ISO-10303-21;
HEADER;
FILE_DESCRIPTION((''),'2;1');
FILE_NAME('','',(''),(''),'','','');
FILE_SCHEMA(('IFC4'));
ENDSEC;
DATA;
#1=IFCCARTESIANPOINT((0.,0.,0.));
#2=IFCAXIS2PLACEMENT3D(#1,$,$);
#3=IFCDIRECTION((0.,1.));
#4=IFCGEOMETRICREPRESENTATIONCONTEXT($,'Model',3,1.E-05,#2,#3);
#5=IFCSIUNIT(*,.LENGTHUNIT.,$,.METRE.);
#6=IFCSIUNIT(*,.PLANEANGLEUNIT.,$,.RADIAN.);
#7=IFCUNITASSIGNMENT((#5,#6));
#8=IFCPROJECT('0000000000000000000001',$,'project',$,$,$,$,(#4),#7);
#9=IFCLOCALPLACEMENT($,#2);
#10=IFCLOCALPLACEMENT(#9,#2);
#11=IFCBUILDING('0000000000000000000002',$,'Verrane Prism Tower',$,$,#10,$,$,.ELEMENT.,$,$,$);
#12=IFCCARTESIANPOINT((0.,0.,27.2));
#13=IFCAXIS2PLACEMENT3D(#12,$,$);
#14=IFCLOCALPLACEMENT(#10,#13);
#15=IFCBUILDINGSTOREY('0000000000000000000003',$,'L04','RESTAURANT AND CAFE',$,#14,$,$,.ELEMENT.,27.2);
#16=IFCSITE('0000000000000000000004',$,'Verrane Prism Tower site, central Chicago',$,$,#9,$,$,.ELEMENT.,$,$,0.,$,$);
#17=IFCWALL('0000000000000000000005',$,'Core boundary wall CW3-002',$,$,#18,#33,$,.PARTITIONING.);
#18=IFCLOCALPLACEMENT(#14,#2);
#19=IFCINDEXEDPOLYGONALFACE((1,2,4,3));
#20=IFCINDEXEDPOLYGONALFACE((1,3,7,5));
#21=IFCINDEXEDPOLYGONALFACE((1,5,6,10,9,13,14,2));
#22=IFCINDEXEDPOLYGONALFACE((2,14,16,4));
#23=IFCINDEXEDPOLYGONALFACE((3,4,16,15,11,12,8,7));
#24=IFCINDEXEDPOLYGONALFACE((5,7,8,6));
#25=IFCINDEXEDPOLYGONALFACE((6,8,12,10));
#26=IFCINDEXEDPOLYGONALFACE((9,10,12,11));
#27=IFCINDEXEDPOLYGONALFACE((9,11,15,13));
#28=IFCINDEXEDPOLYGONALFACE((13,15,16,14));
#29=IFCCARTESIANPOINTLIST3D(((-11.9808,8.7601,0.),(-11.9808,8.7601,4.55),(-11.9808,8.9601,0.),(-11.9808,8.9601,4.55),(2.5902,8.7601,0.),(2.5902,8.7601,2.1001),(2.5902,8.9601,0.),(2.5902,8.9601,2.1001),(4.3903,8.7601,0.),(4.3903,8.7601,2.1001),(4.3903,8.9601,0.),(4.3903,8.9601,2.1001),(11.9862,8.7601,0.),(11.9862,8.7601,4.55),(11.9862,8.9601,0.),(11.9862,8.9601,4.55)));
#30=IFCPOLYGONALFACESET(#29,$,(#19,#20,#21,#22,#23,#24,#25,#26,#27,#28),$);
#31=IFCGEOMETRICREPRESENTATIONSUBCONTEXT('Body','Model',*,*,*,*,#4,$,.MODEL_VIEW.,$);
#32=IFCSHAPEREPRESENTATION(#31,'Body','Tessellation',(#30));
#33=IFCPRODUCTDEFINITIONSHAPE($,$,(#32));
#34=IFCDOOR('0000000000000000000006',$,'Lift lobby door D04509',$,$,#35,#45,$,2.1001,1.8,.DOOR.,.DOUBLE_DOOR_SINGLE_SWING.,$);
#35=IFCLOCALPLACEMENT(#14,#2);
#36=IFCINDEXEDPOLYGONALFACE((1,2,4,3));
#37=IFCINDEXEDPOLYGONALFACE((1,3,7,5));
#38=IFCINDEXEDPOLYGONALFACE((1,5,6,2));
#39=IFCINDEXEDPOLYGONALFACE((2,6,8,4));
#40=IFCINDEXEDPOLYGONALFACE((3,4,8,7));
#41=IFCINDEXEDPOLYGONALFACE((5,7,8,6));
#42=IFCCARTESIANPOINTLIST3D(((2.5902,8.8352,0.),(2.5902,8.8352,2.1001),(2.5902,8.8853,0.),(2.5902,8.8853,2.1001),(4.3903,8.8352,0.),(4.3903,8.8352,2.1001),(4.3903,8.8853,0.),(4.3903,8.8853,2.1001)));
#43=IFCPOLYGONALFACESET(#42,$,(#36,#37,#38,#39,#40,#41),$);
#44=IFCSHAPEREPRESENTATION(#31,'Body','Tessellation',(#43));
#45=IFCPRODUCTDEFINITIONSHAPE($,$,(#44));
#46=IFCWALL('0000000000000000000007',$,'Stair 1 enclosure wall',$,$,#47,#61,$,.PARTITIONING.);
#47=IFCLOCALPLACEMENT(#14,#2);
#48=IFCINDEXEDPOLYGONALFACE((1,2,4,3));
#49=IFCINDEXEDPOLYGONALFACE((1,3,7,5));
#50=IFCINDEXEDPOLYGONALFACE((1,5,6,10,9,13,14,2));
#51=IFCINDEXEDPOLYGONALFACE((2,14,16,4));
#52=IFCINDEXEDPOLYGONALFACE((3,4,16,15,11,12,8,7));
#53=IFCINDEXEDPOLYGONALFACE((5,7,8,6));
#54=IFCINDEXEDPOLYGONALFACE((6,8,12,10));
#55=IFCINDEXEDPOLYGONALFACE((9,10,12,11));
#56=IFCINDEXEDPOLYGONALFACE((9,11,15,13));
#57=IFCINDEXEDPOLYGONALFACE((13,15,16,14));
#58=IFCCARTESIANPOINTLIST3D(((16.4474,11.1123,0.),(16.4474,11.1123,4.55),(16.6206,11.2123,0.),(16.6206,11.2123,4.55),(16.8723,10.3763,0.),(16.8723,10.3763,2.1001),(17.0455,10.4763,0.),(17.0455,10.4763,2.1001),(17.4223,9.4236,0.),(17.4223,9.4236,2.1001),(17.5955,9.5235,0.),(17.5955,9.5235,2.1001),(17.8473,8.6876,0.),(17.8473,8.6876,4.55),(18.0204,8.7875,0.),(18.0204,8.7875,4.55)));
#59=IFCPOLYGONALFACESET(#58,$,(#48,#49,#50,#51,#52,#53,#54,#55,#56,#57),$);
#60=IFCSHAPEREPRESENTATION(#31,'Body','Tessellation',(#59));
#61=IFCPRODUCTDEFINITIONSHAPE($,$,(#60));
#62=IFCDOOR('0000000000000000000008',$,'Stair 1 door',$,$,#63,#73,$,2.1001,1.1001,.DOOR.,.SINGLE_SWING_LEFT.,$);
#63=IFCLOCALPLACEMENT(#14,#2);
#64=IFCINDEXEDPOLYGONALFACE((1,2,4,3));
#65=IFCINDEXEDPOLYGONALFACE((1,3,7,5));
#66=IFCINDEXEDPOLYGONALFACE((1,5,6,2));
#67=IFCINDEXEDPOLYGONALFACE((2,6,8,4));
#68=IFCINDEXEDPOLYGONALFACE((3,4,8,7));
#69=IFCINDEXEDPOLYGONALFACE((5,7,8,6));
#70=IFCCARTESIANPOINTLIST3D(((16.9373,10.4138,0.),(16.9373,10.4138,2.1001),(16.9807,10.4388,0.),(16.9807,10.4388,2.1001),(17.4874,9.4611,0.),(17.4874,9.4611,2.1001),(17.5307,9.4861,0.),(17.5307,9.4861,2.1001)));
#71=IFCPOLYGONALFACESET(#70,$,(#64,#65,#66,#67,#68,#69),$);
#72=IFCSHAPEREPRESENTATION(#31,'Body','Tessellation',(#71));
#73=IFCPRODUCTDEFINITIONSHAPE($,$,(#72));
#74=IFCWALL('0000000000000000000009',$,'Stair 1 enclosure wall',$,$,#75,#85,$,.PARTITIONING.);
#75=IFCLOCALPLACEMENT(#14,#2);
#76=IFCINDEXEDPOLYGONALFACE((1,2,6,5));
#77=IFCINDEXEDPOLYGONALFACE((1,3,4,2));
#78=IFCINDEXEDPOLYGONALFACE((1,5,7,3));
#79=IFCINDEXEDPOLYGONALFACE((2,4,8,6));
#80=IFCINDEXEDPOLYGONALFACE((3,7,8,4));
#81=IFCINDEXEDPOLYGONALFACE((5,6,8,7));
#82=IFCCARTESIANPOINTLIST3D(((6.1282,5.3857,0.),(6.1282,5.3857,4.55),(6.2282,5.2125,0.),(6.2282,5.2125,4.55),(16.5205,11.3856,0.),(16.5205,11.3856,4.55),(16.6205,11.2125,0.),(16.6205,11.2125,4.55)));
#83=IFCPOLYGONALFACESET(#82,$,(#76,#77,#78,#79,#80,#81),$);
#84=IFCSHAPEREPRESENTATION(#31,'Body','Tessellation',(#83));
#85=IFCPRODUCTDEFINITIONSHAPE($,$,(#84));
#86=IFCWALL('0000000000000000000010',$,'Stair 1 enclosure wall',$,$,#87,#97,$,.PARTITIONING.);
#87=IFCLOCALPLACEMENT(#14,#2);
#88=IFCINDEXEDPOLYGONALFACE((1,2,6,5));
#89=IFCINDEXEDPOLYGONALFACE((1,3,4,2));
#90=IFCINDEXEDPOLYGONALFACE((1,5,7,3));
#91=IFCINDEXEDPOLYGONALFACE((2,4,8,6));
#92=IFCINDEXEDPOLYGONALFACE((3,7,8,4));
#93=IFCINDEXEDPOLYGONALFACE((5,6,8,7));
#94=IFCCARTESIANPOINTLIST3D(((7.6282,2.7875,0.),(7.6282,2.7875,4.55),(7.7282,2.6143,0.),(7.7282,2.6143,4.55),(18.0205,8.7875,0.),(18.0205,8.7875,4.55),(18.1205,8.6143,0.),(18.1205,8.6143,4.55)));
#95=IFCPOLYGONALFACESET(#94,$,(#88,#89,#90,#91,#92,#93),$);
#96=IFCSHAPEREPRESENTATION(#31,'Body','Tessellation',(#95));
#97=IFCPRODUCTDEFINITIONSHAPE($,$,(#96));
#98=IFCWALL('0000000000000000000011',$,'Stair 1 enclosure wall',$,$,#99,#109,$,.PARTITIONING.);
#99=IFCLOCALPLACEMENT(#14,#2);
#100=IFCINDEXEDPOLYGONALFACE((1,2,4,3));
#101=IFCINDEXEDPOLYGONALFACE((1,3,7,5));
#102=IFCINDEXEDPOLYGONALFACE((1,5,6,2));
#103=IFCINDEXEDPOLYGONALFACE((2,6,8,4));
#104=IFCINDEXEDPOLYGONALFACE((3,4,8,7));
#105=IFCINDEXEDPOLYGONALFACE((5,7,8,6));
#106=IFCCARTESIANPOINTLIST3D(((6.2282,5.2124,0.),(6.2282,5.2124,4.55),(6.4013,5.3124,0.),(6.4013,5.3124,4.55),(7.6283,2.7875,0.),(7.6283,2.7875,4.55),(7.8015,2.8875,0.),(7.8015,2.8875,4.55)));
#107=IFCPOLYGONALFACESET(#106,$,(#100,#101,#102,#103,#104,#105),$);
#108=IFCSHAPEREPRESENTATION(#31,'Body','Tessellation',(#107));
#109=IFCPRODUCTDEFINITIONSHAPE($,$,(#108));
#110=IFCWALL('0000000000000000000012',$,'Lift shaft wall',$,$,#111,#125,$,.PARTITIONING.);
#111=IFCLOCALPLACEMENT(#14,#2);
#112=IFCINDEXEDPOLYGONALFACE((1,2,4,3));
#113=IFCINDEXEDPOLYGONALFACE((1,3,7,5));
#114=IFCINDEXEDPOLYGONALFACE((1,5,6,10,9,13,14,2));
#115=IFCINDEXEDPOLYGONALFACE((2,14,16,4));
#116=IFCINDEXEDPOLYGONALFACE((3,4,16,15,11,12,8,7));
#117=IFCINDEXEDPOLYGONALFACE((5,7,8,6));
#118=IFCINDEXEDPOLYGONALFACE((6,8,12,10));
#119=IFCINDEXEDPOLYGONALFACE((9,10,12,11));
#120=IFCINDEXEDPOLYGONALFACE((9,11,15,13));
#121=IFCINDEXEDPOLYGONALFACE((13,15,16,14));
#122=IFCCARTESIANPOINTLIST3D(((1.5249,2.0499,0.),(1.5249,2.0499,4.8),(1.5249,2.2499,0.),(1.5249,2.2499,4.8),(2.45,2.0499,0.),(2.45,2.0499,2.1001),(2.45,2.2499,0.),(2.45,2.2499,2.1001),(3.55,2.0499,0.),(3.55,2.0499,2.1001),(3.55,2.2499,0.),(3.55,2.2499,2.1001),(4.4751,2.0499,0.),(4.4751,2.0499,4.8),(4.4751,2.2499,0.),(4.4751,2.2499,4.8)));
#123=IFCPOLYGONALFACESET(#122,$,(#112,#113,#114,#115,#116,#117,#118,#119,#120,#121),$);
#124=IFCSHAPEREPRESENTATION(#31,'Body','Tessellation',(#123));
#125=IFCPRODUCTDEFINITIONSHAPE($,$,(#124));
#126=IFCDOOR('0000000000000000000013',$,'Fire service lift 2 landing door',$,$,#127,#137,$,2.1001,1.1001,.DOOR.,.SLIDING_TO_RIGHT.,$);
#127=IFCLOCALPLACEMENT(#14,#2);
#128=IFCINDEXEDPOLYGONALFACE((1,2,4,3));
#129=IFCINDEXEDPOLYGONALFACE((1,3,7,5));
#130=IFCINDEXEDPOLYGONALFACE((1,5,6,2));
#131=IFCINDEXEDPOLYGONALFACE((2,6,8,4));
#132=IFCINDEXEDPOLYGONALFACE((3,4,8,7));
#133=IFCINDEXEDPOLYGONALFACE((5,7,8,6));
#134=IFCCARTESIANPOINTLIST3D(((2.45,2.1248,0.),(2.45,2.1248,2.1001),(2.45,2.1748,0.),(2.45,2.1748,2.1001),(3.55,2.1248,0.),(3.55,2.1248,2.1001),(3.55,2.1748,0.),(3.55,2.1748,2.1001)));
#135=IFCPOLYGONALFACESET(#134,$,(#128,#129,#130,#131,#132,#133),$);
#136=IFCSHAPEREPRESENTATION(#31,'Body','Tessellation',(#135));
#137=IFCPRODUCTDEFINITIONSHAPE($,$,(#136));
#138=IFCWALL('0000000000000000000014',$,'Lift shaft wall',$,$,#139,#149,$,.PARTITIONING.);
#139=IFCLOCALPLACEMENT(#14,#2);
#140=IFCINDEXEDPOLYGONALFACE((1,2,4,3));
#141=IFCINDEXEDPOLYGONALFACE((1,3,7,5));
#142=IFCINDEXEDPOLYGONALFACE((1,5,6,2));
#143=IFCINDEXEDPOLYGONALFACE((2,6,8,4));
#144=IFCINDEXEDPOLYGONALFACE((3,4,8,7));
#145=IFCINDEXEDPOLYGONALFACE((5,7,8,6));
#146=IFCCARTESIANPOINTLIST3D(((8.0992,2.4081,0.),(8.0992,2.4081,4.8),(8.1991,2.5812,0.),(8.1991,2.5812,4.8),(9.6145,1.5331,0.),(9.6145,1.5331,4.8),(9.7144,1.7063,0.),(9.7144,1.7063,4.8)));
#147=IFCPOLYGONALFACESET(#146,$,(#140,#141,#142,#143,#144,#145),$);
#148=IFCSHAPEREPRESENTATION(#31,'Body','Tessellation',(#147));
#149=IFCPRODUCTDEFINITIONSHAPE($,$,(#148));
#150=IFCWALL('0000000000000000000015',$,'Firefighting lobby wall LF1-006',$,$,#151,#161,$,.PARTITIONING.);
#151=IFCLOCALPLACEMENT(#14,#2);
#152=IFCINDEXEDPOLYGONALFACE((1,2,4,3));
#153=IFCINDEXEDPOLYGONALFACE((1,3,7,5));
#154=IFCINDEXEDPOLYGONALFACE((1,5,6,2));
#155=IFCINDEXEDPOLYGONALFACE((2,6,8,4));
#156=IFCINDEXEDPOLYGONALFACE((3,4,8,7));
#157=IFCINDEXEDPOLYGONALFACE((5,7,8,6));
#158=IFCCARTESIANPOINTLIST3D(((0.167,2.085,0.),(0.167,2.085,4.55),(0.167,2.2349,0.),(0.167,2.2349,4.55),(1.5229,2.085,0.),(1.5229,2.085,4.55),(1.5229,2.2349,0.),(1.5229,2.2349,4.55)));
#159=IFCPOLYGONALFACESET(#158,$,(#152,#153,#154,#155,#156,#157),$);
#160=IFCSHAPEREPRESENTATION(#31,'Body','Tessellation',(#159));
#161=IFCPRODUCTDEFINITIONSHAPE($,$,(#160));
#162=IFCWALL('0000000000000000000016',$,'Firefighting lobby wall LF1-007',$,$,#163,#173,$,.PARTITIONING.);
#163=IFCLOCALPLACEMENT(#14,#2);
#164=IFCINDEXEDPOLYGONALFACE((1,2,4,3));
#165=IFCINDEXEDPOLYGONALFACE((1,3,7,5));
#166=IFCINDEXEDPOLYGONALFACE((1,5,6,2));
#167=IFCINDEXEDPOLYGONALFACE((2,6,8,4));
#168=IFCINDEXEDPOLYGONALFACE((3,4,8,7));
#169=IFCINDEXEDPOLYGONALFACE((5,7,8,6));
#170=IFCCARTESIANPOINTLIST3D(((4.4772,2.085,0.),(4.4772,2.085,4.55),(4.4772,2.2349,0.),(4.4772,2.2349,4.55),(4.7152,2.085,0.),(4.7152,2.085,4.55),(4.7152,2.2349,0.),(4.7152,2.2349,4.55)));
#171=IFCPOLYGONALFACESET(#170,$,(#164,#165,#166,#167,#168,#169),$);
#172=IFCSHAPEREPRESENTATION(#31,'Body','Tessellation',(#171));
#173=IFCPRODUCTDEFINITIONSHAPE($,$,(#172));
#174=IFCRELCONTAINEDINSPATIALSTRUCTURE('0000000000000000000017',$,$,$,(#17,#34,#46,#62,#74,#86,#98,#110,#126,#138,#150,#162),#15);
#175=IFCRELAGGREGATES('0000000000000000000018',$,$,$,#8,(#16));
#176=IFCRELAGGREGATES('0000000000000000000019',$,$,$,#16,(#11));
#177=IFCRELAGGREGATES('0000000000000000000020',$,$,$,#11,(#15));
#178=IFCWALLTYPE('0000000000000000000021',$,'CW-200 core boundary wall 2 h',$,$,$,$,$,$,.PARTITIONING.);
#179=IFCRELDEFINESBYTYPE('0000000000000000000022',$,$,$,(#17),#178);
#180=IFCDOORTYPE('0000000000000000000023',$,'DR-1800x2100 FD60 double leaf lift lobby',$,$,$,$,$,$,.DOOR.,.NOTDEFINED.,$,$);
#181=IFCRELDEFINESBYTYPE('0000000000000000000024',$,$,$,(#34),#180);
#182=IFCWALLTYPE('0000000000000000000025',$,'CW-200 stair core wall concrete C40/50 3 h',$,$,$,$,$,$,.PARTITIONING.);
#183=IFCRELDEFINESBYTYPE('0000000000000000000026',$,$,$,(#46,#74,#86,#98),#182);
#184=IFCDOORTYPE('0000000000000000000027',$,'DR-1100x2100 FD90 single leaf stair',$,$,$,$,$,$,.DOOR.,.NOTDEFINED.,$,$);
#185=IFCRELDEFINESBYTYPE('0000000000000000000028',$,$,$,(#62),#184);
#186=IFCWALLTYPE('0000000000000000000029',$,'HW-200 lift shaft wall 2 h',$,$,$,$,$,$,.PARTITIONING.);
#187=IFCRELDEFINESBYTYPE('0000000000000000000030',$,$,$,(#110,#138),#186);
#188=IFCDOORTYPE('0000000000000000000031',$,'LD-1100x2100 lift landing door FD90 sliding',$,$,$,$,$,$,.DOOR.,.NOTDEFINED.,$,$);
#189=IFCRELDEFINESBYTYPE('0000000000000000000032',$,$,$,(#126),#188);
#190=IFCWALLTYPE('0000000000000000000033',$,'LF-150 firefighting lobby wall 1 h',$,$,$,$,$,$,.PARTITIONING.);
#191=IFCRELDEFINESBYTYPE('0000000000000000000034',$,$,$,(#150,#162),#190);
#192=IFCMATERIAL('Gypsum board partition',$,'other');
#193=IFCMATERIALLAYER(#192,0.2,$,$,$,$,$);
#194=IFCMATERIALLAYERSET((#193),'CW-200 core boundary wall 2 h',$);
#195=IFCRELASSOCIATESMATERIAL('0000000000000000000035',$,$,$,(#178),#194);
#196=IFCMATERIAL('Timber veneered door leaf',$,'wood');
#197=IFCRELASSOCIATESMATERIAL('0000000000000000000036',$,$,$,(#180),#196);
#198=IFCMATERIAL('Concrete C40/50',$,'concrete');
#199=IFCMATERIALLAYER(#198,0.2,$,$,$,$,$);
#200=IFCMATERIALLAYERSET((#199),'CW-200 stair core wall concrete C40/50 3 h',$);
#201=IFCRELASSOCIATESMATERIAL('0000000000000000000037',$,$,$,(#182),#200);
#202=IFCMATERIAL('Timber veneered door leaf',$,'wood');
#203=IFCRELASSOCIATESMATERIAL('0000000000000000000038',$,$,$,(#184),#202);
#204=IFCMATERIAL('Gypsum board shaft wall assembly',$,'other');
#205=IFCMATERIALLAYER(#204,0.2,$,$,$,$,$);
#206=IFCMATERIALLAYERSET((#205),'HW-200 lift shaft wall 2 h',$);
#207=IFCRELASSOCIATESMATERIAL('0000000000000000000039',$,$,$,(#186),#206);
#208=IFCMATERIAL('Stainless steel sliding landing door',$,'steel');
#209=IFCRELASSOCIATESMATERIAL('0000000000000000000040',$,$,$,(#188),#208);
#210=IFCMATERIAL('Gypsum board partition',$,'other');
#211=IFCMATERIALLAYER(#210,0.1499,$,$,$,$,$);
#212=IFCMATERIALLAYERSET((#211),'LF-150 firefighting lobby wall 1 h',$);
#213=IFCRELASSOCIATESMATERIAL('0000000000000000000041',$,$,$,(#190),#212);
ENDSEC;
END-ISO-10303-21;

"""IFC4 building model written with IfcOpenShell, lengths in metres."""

from ifc_helpers import new_model, si_unit, direction, frame, frame_2d, origin, place, context, subcontext, project, spatial, rectangle, extrude, material, layer, layer_set, type_object, element, fill, save


model = new_model("IFC4")

# Units and contexts
model_context = context("Model", 3, precision=1e-05, world=origin(), true_north=direction((0.0, 1.0)))
body_context = subcontext(model_context, "Body", "Model", "MODEL_VIEW")
ifc_project = project(units=[si_unit("LENGTHUNIT", "METRE"), si_unit("PLANEANGLEUNIT", "RADIAN")], contexts=[model_context])

# Site, building, storey
site_placement = place(None, origin())
site = spatial("IfcSite", under=ifc_project, at=site_placement, Name="Verrane Prism Tower site, central Chicago", CompositionType="ELEMENT", RefElevation=0.0)
building_placement = place(site_placement, origin())
building = spatial("IfcBuilding", under=site, at=building_placement, Name="Verrane Prism Tower", CompositionType="ELEMENT")
storey_placement = place(building_placement, frame((0.0, 0.0, 27.2)))
storey = spatial("IfcBuildingStorey", under=building, at=storey_placement, Name="L04", Description="RESTAURANT AND CAFE", CompositionType="ELEMENT", Elevation=27.2)

# Walls, openings, doors
ifc_material_1 = material(Name="Gypsum board partition", Category="other")
ifc_layer_1 = layer(ifc_material_1, 0.2)
ifc_layer_set_1 = layer_set([ifc_layer_1], Name="CW-200 core boundary wall 2 h")
wall_type_1 = type_object("IfcWallType", Name="CW-200 core boundary wall 2 h", PredefinedType="PARTITIONING", material=ifc_layer_set_1)
wall_1_placement = place(storey_placement, frame((11.9861, 8.8601, 0.0), z_axis=(0.0, 0.0, 1.0), x_axis=(-1.0, 0.0, 0.0)))
wall_1 = element("IfcWall", 1, at=wall_1_placement, inside=storey, type_object=wall_type_1, Name="Core boundary wall CW3-002", PredefinedType="PARTITIONING", context=body_context, shape_type="SweptSolid", body=[
    extrude(rectangle(XDim=23.967, YDim=0.2, at=frame_2d((11.9834, 0.0))), origin(), (0.0, 0.0, 1.0), 4.55),
])
opening_1_placement = place(wall_1_placement, frame((7.5959, 0.0, 0.0)))
opening_1 = element("IfcOpeningElement", 2, at=opening_1_placement, cuts=wall_1, PredefinedType="OPENING", context=body_context, shape_type="SweptSolid", body=[
    extrude(rectangle(XDim=1.8, YDim=2.1001, at=frame_2d((0.8999, 1.05))), frame((0.0, 0.1099, 0.0), z_axis=(0.0, -1.0, 0.0), x_axis=(1.0, 0.0, 0.0)), (0.0, 0.0, 1.0), 0.22),
])
ifc_material_2 = material(Name="Timber veneered door leaf", Category="wood")
door_type_1 = type_object("IfcDoorType", Name="DR-1800x2100 FD60 double leaf lift lobby", OperationType="NOTDEFINED", PredefinedType="DOOR", material=ifc_material_2)
door_1_placement = place(opening_1_placement, origin())
door_1 = element("IfcDoor", 3, at=door_1_placement, inside=storey, type_object=door_type_1, Name="Lift lobby door D04509", OperationType="DOUBLE_DOOR_SINGLE_SWING", OverallHeight=2.1001, OverallWidth=1.8, PredefinedType="DOOR", context=body_context, shape_type="SweptSolid", body=[
    extrude(rectangle(XDim=1.8, YDim=2.1001, at=frame_2d((0.8999, 1.05))), frame((0.0, 0.0249, 0.0), z_axis=(0.0, -1.0, 0.0), x_axis=(1.0, 0.0, 0.0)), (0.0, 0.0, 1.0), 0.05),
])
fill(opening_1, door_1)
ifc_material_3 = material(Name="Concrete C40/50", Category="concrete")
ifc_layer_2 = layer(ifc_material_3, 0.2)
ifc_layer_set_2 = layer_set([ifc_layer_2], Name="CW-200 stair core wall concrete C40/50 3 h")
wall_type_2 = type_object("IfcWallType", Name="CW-200 stair core wall concrete C40/50 3 h", PredefinedType="PARTITIONING", material=ifc_layer_set_2)
wall_2_placement = place(storey_placement, frame((17.9338, 8.7375, 0.0), z_axis=(0.0, 0.0, 1.0), x_axis=(-0.499984, 0.866035, 0.0)))
wall_2 = element("IfcWall", 4, at=wall_2_placement, inside=storey, type_object=wall_type_2, Name="Stair 1 enclosure wall", PredefinedType="PARTITIONING", context=body_context, shape_type="SweptSolid", body=[
    extrude(rectangle(XDim=2.7998, YDim=0.2, at=frame_2d((1.3999, 0.0))), origin(), (0.0, 0.0, 1.0), 4.55),
])
opening_2_placement = place(wall_2_placement, frame((0.8499, 0.0, 0.0)))
opening_2 = element("IfcOpeningElement", 5, at=opening_2_placement, cuts=wall_2, PredefinedType="OPENING", context=body_context, shape_type="SweptSolid", body=[
    extrude(rectangle(XDim=1.1001, YDim=2.1001, at=frame_2d((0.55, 1.05))), frame((0.0, 0.1099, 0.0), z_axis=(0.0, -1.0, 0.0), x_axis=(1.0, 0.0, 0.0)), (0.0, 0.0, 1.0), 0.22),
])
ifc_material_4 = material(Name="Timber veneered door leaf", Category="wood")
door_type_2 = type_object("IfcDoorType", Name="DR-1100x2100 FD90 single leaf stair", OperationType="NOTDEFINED", PredefinedType="DOOR", material=ifc_material_4)
door_2_placement = place(opening_2_placement, origin())
door_2 = element("IfcDoor", 6, at=door_2_placement, inside=storey, type_object=door_type_2, Name="Stair 1 door", OperationType="SINGLE_SWING_LEFT", OverallHeight=2.1001, OverallWidth=1.1001, PredefinedType="DOOR", context=body_context, shape_type="SweptSolid", body=[
    extrude(rectangle(XDim=1.1001, YDim=2.1001, at=frame_2d((0.55, 1.05))), frame((0.0, 0.0249, 0.0), z_axis=(0.0, -1.0, 0.0), x_axis=(1.0, 0.0, 0.0)), (0.0, 0.0, 1.0), 0.05),
])
fill(opening_2, door_2)

# Walls
for number, where, z_axis, x_axis, name in (
    (7, (6.1782, 5.2991, 0.0), (0.0, 0.0, 1.0), (0.866026, 0.499999, 0.0), "Stair 1 enclosure wall"),
    (8, (7.6782, 2.7009, 0.0), (0.0, 0.0, 1.0), (0.866026, 0.499999, 0.0), "Stair 1 enclosure wall"),
):
    element("IfcWall", number, at=place(storey_placement, frame(where, z_axis=z_axis, x_axis=x_axis)), inside=storey, type_object=wall_type_2, Name=name, PredefinedType="PARTITIONING", context=body_context, shape_type="SweptSolid", body=[
        extrude(rectangle(XDim=12.0, YDim=0.2, at=frame_2d((6.0, 0.0))), origin(), (0.0, 0.0, 1.0), 4.55),
    ])
wall_3_placement = place(storey_placement, frame((7.7148, 2.8376, 0.0), z_axis=(0.0, 0.0, 1.0), x_axis=(-0.50005, 0.865997, 0.0)))
element("IfcWall", 9, at=wall_3_placement, inside=storey, type_object=wall_type_2, Name="Stair 1 enclosure wall", PredefinedType="PARTITIONING", context=body_context, shape_type="SweptSolid", body=[
    extrude(rectangle(XDim=2.8, YDim=0.2, at=frame_2d((1.3999, 0.0))), origin(), (0.0, 0.0, 1.0), 4.55),
])

# Wall, opening, door
ifc_material_5 = material(Name="Gypsum board shaft wall assembly", Category="other")
ifc_layer_3 = layer(ifc_material_5, 0.2)
ifc_layer_set_3 = layer_set([ifc_layer_3], Name="HW-200 lift shaft wall 2 h")
wall_type_3 = type_object("IfcWallType", Name="HW-200 lift shaft wall 2 h", PredefinedType="PARTITIONING", material=ifc_layer_set_3)
wall_4_placement = place(storey_placement, frame((1.5249, 2.1499, 0.0), z_axis=(0.0, 0.0, 1.0), x_axis=(1.0, 0.0, 0.0)))
wall_4 = element("IfcWall", 10, at=wall_4_placement, inside=storey, type_object=wall_type_3, Name="Lift shaft wall", PredefinedType="PARTITIONING", context=body_context, shape_type="SweptSolid", body=[
    extrude(rectangle(XDim=2.9502, YDim=0.2, at=frame_2d((1.4751, 0.0))), origin(), (0.0, 0.0, 1.0), 4.8),
])
opening_3_placement = place(wall_4_placement, frame((0.925, 0.0, 0.0)))
opening_3 = element("IfcOpeningElement", 11, at=opening_3_placement, cuts=wall_4, PredefinedType="OPENING", context=body_context, shape_type="SweptSolid", body=[
    extrude(rectangle(XDim=1.1001, YDim=2.1001, at=frame_2d((0.55, 1.05))), frame((0.0, 0.1099, 0.0), z_axis=(0.0, -1.0, 0.0), x_axis=(1.0, 0.0, 0.0)), (0.0, 0.0, 1.0), 0.22),
])
ifc_material_6 = material(Name="Stainless steel sliding landing door", Category="steel")
door_type_3 = type_object("IfcDoorType", Name="LD-1100x2100 lift landing door FD90 sliding", OperationType="NOTDEFINED", PredefinedType="DOOR", material=ifc_material_6)
door_3_placement = place(opening_3_placement, origin())
door_3 = element("IfcDoor", 12, at=door_3_placement, inside=storey, type_object=door_type_3, Name="Fire service lift 2 landing door", OperationType="SLIDING_TO_RIGHT", OverallHeight=2.1001, OverallWidth=1.1001, PredefinedType="DOOR", context=body_context, shape_type="SweptSolid", body=[
    extrude(rectangle(XDim=1.1001, YDim=2.1001, at=frame_2d((0.55, 1.05))), frame((0.0, 0.0249, 0.0), z_axis=(0.0, -1.0, 0.0), x_axis=(1.0, 0.0, 0.0)), (0.0, 0.0, 1.0), 0.05),
])
fill(opening_3, door_3)

# Walls
wall_5_placement = place(storey_placement, frame((9.6646, 1.6196, 0.0), z_axis=(0.0, 0.0, 1.0), x_axis=(-0.866002, 0.50004, 0.0)))
element("IfcWall", 13, at=wall_5_placement, inside=storey, type_object=wall_type_3, Name="Lift shaft wall", PredefinedType="PARTITIONING", context=body_context, shape_type="SweptSolid", body=[
    extrude(rectangle(XDim=1.7498, YDim=0.2, at=frame_2d((0.875, 0.0))), origin(), (0.0, 0.0, 1.0), 4.8),
])
ifc_material_7 = material(Name="Gypsum board partition", Category="other")
ifc_layer_4 = layer(ifc_material_7, 0.1499)
ifc_layer_set_4 = layer_set([ifc_layer_4], Name="LF-150 firefighting lobby wall 1 h")
wall_type_4 = type_object("IfcWallType", Name="LF-150 firefighting lobby wall 1 h", PredefinedType="PARTITIONING", material=ifc_layer_set_4)
wall_6_placement = place(storey_placement, frame((0.167, 2.1599, 0.0), z_axis=(0.0, 0.0, 1.0), x_axis=(1.0, 0.0, 0.0)))
element("IfcWall", 14, at=wall_6_placement, inside=storey, type_object=wall_type_4, Name="Firefighting lobby wall LF1-006", PredefinedType="PARTITIONING", context=body_context, shape_type="SweptSolid", body=[
    extrude(rectangle(XDim=1.356, YDim=0.1499, at=frame_2d((0.678, 0.0))), origin(), (0.0, 0.0, 1.0), 4.55),
])
wall_7_placement = place(storey_placement, frame((4.4771, 2.1599, 0.0), z_axis=(0.0, 0.0, 1.0), x_axis=(1.0, 0.0, 0.0)))
element("IfcWall", 15, at=wall_7_placement, inside=storey, type_object=wall_type_4, Name="Firefighting lobby wall LF1-007", PredefinedType="PARTITIONING", context=body_context, shape_type="SweptSolid", body=[
    extrude(rectangle(XDim=0.238, YDim=0.1499, at=frame_2d((0.1191, 0.0))), origin(), (0.0, 0.0, 1.0), 4.55),
])

save(model, "model.ifc")
